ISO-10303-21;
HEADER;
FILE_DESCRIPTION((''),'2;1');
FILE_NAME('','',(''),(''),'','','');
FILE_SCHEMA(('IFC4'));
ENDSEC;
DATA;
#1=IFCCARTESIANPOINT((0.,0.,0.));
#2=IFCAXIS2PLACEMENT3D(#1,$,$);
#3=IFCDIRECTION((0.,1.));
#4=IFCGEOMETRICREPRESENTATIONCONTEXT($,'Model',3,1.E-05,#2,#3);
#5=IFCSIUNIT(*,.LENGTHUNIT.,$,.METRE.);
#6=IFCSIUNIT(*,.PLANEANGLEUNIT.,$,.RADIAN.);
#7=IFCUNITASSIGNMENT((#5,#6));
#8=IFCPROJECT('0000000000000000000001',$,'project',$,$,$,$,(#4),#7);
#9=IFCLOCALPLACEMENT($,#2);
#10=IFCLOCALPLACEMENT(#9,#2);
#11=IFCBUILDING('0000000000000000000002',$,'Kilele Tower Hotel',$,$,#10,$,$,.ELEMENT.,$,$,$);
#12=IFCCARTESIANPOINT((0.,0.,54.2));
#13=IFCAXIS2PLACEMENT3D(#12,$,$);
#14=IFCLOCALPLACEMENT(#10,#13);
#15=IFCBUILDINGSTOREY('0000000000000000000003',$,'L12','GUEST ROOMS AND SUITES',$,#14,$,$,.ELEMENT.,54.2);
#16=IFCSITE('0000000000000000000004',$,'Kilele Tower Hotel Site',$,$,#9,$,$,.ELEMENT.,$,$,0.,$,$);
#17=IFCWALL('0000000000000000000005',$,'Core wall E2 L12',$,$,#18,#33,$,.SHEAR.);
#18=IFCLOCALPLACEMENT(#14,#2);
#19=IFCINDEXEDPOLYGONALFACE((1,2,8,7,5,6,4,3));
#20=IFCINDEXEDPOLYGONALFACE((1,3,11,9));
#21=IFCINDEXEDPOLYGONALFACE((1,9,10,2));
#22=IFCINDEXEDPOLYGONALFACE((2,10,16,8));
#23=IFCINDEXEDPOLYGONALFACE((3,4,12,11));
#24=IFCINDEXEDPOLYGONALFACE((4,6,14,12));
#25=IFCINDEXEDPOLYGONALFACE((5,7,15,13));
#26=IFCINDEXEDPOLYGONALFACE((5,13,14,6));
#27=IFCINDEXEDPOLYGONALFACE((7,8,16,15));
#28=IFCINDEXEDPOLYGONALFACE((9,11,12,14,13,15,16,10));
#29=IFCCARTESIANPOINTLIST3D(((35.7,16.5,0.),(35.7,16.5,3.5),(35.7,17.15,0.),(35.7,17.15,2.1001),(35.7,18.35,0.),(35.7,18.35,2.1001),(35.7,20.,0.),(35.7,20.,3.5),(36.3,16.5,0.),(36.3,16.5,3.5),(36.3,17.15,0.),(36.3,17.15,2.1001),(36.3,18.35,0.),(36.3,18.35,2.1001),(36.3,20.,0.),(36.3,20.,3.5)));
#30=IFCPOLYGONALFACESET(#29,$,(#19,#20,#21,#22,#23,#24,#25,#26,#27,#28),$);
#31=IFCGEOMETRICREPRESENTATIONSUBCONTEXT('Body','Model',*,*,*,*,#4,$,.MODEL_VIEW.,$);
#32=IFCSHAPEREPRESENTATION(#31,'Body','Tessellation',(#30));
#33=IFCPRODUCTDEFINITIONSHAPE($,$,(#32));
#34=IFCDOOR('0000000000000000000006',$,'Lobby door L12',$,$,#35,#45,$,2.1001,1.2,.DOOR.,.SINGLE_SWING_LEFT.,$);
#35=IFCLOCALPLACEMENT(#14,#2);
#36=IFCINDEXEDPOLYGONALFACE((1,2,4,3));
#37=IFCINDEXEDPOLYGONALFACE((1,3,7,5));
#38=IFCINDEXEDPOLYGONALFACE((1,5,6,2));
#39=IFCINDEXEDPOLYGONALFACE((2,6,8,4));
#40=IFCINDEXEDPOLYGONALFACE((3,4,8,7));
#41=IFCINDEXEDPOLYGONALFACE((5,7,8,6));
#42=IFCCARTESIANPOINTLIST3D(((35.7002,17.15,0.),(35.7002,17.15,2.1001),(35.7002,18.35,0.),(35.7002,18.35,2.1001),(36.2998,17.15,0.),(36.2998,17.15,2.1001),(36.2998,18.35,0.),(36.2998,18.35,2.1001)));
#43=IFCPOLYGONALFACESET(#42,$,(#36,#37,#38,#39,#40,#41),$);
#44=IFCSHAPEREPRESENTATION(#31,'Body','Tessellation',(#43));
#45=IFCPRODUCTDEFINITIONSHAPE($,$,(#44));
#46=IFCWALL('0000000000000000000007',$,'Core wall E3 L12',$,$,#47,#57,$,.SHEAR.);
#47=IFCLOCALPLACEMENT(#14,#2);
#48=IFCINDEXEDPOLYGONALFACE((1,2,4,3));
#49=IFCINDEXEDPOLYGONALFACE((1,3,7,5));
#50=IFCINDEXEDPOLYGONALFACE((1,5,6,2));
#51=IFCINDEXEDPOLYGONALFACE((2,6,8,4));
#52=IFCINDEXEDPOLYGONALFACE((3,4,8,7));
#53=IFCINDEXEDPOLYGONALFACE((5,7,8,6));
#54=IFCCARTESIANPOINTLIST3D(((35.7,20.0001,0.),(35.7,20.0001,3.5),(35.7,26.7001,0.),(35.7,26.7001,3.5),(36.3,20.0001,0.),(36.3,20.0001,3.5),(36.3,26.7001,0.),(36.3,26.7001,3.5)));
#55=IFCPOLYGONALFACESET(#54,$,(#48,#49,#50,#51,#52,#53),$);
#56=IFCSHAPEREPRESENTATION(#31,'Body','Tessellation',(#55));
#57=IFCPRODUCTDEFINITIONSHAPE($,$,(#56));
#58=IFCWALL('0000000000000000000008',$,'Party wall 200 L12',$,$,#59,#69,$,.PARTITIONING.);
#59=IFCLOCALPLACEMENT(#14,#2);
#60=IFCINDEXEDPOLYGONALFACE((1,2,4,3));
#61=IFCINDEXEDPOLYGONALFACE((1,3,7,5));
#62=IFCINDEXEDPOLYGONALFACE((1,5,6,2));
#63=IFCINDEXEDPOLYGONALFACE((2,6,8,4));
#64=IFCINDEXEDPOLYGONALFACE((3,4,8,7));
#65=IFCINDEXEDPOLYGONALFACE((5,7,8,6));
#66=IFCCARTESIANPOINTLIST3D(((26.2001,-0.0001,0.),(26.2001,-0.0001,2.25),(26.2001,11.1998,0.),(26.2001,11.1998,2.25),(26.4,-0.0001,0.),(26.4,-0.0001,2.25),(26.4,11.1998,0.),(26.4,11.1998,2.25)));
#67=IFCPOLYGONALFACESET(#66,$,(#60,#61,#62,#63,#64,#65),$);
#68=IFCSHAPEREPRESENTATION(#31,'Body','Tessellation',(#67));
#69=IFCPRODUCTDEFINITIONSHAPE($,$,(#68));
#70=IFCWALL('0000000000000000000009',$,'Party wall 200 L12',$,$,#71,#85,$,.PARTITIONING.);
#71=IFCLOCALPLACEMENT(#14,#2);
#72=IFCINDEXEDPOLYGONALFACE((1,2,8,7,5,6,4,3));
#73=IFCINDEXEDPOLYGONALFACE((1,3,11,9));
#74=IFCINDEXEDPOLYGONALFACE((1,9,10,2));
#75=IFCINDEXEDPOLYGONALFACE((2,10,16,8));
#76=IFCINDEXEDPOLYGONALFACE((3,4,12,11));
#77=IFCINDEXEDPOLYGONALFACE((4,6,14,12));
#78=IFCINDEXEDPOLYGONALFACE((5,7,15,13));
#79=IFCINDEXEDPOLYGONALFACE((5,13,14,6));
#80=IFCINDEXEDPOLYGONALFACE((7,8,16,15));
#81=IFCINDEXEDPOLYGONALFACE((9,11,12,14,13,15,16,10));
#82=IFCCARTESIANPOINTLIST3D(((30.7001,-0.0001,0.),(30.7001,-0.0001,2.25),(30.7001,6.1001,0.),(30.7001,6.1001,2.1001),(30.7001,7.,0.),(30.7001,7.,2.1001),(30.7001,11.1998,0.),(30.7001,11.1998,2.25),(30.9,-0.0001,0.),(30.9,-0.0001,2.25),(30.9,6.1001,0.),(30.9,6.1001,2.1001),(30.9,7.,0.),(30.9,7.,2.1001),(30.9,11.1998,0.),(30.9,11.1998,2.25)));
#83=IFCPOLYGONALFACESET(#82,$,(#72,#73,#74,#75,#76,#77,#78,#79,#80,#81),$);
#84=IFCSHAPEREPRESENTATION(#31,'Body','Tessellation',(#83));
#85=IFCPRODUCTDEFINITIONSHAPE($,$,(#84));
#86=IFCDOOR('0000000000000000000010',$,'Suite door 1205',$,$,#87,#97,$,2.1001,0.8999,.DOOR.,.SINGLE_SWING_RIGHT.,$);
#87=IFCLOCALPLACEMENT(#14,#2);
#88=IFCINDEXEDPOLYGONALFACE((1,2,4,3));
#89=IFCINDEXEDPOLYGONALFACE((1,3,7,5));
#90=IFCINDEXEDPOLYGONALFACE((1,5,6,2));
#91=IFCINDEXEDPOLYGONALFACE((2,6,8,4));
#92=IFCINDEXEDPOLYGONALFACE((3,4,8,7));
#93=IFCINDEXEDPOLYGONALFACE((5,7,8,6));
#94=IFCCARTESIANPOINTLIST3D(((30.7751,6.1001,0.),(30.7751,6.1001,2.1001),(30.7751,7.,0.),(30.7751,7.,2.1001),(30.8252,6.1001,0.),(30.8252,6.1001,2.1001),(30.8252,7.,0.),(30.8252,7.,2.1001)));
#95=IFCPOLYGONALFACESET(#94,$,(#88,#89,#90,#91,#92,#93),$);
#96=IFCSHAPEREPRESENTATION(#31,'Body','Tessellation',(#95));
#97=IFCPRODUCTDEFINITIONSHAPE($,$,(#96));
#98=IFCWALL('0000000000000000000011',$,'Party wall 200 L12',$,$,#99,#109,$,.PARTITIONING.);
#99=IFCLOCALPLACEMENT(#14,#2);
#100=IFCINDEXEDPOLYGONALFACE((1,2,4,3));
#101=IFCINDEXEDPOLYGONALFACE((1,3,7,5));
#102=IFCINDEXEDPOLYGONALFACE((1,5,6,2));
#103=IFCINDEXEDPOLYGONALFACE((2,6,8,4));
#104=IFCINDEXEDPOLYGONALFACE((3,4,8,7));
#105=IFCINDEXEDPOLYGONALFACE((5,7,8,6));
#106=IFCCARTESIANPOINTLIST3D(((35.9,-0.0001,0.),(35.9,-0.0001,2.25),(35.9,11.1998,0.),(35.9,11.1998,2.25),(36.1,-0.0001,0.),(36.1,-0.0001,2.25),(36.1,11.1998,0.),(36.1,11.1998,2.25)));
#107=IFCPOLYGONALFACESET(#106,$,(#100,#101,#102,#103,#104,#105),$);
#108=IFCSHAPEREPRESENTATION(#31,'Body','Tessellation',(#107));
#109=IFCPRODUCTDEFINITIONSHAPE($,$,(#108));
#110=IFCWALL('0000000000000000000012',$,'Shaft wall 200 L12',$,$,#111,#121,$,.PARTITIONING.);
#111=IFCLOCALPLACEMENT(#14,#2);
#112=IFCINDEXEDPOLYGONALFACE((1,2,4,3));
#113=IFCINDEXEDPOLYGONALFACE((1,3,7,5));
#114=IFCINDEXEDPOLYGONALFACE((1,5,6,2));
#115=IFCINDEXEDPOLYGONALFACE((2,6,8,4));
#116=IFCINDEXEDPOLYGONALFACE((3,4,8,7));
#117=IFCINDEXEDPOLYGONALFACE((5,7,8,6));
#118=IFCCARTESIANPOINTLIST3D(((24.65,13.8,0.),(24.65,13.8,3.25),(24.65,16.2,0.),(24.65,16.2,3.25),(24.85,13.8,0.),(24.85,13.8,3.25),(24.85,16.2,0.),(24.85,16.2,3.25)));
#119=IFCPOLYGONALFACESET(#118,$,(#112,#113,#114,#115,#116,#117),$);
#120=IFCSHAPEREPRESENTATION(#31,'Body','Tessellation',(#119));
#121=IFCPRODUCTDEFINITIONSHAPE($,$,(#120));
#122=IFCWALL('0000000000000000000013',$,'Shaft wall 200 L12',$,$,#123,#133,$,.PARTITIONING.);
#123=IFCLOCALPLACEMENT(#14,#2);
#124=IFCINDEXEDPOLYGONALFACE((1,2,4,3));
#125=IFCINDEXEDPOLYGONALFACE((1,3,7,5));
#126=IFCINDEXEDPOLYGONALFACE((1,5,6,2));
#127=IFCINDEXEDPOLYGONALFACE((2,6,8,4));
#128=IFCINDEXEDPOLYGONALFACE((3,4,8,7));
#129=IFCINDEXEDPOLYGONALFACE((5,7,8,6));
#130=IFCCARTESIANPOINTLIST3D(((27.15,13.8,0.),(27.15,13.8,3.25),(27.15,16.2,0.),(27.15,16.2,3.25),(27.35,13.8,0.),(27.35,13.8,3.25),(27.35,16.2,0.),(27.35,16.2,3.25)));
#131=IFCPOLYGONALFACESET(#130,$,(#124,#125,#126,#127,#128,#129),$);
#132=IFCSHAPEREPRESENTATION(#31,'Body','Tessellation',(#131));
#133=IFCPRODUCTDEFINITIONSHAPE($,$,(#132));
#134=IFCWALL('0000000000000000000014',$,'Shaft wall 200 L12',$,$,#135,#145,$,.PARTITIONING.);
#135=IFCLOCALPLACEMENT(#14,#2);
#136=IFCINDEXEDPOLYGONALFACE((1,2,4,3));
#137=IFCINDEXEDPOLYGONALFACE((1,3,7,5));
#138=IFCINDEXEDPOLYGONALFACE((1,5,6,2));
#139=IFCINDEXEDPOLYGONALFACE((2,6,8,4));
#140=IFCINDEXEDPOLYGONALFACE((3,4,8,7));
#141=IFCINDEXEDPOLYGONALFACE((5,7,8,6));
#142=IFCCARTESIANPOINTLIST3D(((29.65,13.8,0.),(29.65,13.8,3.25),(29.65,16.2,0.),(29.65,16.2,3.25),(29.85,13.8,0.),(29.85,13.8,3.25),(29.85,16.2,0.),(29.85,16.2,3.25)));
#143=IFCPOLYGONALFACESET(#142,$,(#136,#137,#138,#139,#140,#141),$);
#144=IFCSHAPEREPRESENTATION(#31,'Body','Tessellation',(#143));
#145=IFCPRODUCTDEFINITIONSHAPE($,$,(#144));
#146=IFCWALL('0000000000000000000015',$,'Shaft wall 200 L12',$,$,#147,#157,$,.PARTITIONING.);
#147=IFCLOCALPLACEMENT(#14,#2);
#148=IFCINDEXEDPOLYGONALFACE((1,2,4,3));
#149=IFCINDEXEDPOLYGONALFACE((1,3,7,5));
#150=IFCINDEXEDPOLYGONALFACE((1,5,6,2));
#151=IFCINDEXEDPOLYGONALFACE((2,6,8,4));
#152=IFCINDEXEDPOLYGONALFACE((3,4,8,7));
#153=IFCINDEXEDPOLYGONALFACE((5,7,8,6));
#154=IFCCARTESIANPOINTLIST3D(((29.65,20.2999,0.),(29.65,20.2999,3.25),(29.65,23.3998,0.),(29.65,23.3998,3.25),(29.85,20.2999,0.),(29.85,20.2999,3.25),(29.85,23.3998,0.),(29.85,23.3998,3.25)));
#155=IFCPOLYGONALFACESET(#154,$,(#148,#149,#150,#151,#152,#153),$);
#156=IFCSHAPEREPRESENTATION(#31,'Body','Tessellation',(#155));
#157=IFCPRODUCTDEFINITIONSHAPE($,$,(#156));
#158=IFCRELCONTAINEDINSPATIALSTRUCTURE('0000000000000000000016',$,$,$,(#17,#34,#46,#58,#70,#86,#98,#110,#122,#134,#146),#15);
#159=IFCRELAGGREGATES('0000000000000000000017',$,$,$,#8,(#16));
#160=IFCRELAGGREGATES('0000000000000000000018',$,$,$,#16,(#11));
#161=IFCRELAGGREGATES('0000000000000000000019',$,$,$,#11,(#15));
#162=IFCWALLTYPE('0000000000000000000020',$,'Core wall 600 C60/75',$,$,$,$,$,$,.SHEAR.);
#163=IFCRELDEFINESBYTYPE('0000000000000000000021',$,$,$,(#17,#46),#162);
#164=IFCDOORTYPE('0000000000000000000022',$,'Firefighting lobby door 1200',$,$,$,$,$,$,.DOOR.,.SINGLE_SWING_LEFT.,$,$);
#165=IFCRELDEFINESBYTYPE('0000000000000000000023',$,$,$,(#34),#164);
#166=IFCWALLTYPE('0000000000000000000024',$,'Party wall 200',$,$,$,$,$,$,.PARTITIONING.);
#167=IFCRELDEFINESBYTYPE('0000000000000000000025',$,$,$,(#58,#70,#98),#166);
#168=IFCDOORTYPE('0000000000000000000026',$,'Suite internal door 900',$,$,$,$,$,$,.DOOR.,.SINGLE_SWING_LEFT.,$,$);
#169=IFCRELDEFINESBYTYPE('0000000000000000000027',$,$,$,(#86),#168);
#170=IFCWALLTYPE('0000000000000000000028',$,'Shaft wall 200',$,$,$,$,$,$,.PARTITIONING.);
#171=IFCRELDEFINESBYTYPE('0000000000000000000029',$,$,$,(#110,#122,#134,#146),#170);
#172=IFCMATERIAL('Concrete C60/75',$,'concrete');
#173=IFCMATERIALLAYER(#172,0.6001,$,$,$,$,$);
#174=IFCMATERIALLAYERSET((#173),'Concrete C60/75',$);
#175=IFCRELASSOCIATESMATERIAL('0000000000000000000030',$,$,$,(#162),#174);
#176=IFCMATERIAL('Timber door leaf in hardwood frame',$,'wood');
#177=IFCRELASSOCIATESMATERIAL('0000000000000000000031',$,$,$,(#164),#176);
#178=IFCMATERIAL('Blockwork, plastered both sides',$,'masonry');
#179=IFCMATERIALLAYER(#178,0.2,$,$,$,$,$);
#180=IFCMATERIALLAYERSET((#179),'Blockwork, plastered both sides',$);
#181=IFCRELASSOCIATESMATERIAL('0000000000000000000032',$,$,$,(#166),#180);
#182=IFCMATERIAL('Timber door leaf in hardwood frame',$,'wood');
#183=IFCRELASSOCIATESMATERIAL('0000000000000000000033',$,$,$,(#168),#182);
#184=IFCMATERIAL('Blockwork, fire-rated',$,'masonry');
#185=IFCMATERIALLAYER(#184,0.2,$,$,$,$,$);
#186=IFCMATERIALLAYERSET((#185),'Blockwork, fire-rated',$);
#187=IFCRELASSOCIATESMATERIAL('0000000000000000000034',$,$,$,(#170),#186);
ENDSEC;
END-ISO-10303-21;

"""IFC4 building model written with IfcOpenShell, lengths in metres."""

from ifc_helpers import new_model, si_unit, direction, frame, frame_2d, origin, place, context, subcontext, project, spatial, rectangle, extrude, material, layer, layer_set, type_object, element, fill, save


model = new_model("IFC4")

# Units and contexts
model_context = context("Model", 3, precision=1e-05, world=origin(), true_north=direction((0.0, 1.0)))
body_context = subcontext(model_context, "Body", "Model", "MODEL_VIEW")
ifc_project = project(units=[si_unit("LENGTHUNIT", "METRE"), si_unit("PLANEANGLEUNIT", "RADIAN")], contexts=[model_context])

# Site, building, storey
site_placement = place(None, origin())
site = spatial("IfcSite", under=ifc_project, at=site_placement, Name="Kilele Tower Hotel Site", CompositionType="ELEMENT", RefElevation=0.0)
building_placement = place(site_placement, origin())
building = spatial("IfcBuilding", under=site, at=building_placement, Name="Kilele Tower Hotel", CompositionType="ELEMENT")
storey_placement = place(building_placement, frame((0.0, 0.0, 54.2)))
storey = spatial("IfcBuildingStorey", under=building, at=storey_placement, Name="L12", Description="GUEST ROOMS AND SUITES", CompositionType="ELEMENT", Elevation=54.2)

# Shared definitions
ifc_material_1 = material(Name="Concrete C60/75", Category="concrete")
ifc_layer_1 = layer(ifc_material_1, 0.6001)
ifc_layer_set_1 = layer_set([ifc_layer_1], Name="Concrete C60/75")
wall_type_1 = type_object("IfcWallType", Name="Core wall 600 C60/75", PredefinedType="SHEAR", material=ifc_layer_set_1)
ifc_material_2 = material(Name="Timber door leaf in hardwood frame", Category="wood")
door_type_1 = type_object("IfcDoorType", Name="Firefighting lobby door 1200", OperationType="SINGLE_SWING_LEFT", PredefinedType="DOOR", material=ifc_material_2)

# Wall, opening, door
wall_1_placement = place(storey_placement, frame((36.0, 16.5, 0.0), z_axis=(0.0, 0.0, 1.0), x_axis=(0.0, 1.0, 0.0)))
wall_1 = element("IfcWall", 1, at=wall_1_placement, inside=storey, type_object=wall_type_1, Name="Core wall E2 L12", PredefinedType="SHEAR", context=body_context, shape_type="SweptSolid", body=[
    extrude(rectangle(XDim=3.5, YDim=0.6001, at=frame_2d((1.75, 0.0))), origin(), (0.0, 0.0, 1.0), 3.5),
])
opening_1_placement = place(wall_1_placement, frame((0.6499, 0.0, 0.0)))
opening_1 = element("IfcOpeningElement", 2, at=opening_1_placement, cuts=wall_1, PredefinedType="OPENING", context=body_context, shape_type="SweptSolid", body=[
    extrude(rectangle(XDim=1.2, YDim=2.1001, at=frame_2d((0.6001, 1.05))), frame((0.0, 0.3101, 0.0), z_axis=(0.0, -1.0, 0.0), x_axis=(1.0, 0.0, 0.0)), (0.0, 0.0, 1.0), 0.6201),
])
door_1_placement = place(opening_1_placement, origin())
door_1 = element("IfcDoor", 3, at=door_1_placement, inside=storey, type_object=door_type_1, Name="Lobby door L12", OperationType="SINGLE_SWING_LEFT", OverallHeight=2.1001, OverallWidth=1.2, PredefinedType="DOOR", context=body_context, shape_type="SweptSolid", body=[
    extrude(rectangle(XDim=1.2, YDim=2.1001, at=frame_2d((0.6001, 1.05))), frame((0.0, 0.2998, 0.0), z_axis=(0.0, -1.0, 0.0), x_axis=(1.0, 0.0, 0.0)), (0.0, 0.0, 1.0), 0.5996),
])
fill(opening_1, door_1)

# Walls
wall_2_placement = place(storey_placement, frame((36.0, 20.0, 0.0), z_axis=(0.0, 0.0, 1.0), x_axis=(0.0, 1.0, 0.0)))
element("IfcWall", 4, at=wall_2_placement, inside=storey, type_object=wall_type_1, Name="Core wall E3 L12", PredefinedType="SHEAR", context=body_context, shape_type="SweptSolid", body=[
    extrude(rectangle(XDim=6.7, YDim=0.6001, at=frame_2d((3.3501, 0.0))), origin(), (0.0, 0.0, 1.0), 3.5),
])
ifc_material_3 = material(Name="Blockwork, plastered both sides", Category="masonry")
ifc_layer_2 = layer(ifc_material_3, 0.2)
ifc_layer_set_2 = layer_set([ifc_layer_2], Name="Blockwork, plastered both sides")
wall_type_2 = type_object("IfcWallType", Name="Party wall 200", PredefinedType="PARTITIONING", material=ifc_layer_set_2)
wall_3_placement = place(storey_placement, frame((26.3, 11.2, 0.0), z_axis=(0.0, 0.0, 1.0), x_axis=(0.0, -1.0, 0.0)))
element("IfcWall", 5, at=wall_3_placement, inside=storey, type_object=wall_type_2, Name="Party wall 200 L12", PredefinedType="PARTITIONING", context=body_context, shape_type="SweptSolid", body=[
    extrude(rectangle(XDim=11.2, YDim=0.2, at=frame_2d((5.6001, 0.0))), origin(), (0.0, 0.0, 1.0), 2.25),
])

# Wall, opening, door
wall_4_placement = place(storey_placement, frame((30.8, 11.2, 0.0), z_axis=(0.0, 0.0, 1.0), x_axis=(0.0, -1.0, 0.0)))
wall_4 = element("IfcWall", 6, at=wall_4_placement, inside=storey, type_object=wall_type_2, Name="Party wall 200 L12", PredefinedType="PARTITIONING", context=body_context, shape_type="SweptSolid", body=[
    extrude(rectangle(XDim=11.2, YDim=0.2, at=frame_2d((5.6001, 0.0))), origin(), (0.0, 0.0, 1.0), 2.25),
])
opening_2_placement = place(wall_4_placement, frame((5.0999, 0.0, 0.0), z_axis=(0.0, 0.0, 1.0), x_axis=(-1.0, 0.0, 0.0)))
opening_2 = element("IfcOpeningElement", 7, at=opening_2_placement, cuts=wall_4, PredefinedType="OPENING", context=body_context, shape_type="SweptSolid", body=[
    extrude(rectangle(XDim=0.8999, YDim=2.1001, at=frame_2d((0.45, 1.05))), frame((0.0, 0.1099, 0.0), z_axis=(0.0, -1.0, 0.0), x_axis=(1.0, 0.0, 0.0)), (0.0, 0.0, 1.0), 0.22),
])
ifc_material_4 = material(Name="Timber door leaf in hardwood frame", Category="wood")
door_type_2 = type_object("IfcDoorType", Name="Suite internal door 900", OperationType="SINGLE_SWING_LEFT", PredefinedType="DOOR", material=ifc_material_4)
door_2_placement = place(opening_2_placement, origin())
door_2 = element("IfcDoor", 8, at=door_2_placement, inside=storey, type_object=door_type_2, Name="Suite door 1205", OperationType="SINGLE_SWING_RIGHT", OverallHeight=2.1001, OverallWidth=0.8999, PredefinedType="DOOR", context=body_context, shape_type="SweptSolid", body=[
    extrude(rectangle(XDim=0.8999, YDim=2.1001, at=frame_2d((0.45, 1.05))), frame((0.0, 0.0249, 0.0), z_axis=(0.0, -1.0, 0.0), x_axis=(1.0, 0.0, 0.0)), (0.0, 0.0, 1.0), 0.05),
])
fill(opening_2, door_2)

# Walls
wall_5_placement = place(storey_placement, frame((36.0, 11.2, 0.0), z_axis=(0.0, 0.0, 1.0), x_axis=(0.0, -1.0, 0.0)))
element("IfcWall", 9, at=wall_5_placement, inside=storey, type_object=wall_type_2, Name="Party wall 200 L12", PredefinedType="PARTITIONING", context=body_context, shape_type="SweptSolid", body=[
    extrude(rectangle(XDim=11.2, YDim=0.2, at=frame_2d((5.6001, 0.0))), origin(), (0.0, 0.0, 1.0), 2.25),
])
ifc_material_5 = material(Name="Blockwork, fire-rated", Category="masonry")
ifc_layer_3 = layer(ifc_material_5, 0.2)
ifc_layer_set_3 = layer_set([ifc_layer_3], Name="Blockwork, fire-rated")
wall_type_3 = type_object("IfcWallType", Name="Shaft wall 200", PredefinedType="PARTITIONING", material=ifc_layer_set_3)
for number, where, z_axis, x_axis, name in (
    (10, (24.75, 13.8, 0.0), (0.0, 0.0, 1.0), (0.0, 1.0, 0.0), "Shaft wall 200 L12"),
    (11, (27.25, 13.8, 0.0), (0.0, 0.0, 1.0), (0.0, 1.0, 0.0), "Shaft wall 200 L12"),
    (12, (29.75, 13.8, 0.0), (0.0, 0.0, 1.0), (0.0, 1.0, 0.0), "Shaft wall 200 L12"),
):
    element("IfcWall", number, at=place(storey_placement, frame(where, z_axis=z_axis, x_axis=x_axis)), inside=storey, type_object=wall_type_3, Name=name, PredefinedType="PARTITIONING", context=body_context, shape_type="SweptSolid", body=[
        extrude(rectangle(XDim=2.3999, YDim=0.2, at=frame_2d((1.2, 0.0))), origin(), (0.0, 0.0, 1.0), 3.25),
    ])
wall_6_placement = place(storey_placement, frame((29.75, 20.3, 0.0), z_axis=(0.0, 0.0, 1.0), x_axis=(0.0, 1.0, 0.0)))
element("IfcWall", 13, at=wall_6_placement, inside=storey, type_object=wall_type_3, Name="Shaft wall 200 L12", PredefinedType="PARTITIONING", context=body_context, shape_type="SweptSolid", body=[
    extrude(rectangle(XDim=3.0999, YDim=0.2, at=frame_2d((1.5498, 0.0))), origin(), (0.0, 0.0, 1.0), 3.25),
])

save(model, "model.ifc")
